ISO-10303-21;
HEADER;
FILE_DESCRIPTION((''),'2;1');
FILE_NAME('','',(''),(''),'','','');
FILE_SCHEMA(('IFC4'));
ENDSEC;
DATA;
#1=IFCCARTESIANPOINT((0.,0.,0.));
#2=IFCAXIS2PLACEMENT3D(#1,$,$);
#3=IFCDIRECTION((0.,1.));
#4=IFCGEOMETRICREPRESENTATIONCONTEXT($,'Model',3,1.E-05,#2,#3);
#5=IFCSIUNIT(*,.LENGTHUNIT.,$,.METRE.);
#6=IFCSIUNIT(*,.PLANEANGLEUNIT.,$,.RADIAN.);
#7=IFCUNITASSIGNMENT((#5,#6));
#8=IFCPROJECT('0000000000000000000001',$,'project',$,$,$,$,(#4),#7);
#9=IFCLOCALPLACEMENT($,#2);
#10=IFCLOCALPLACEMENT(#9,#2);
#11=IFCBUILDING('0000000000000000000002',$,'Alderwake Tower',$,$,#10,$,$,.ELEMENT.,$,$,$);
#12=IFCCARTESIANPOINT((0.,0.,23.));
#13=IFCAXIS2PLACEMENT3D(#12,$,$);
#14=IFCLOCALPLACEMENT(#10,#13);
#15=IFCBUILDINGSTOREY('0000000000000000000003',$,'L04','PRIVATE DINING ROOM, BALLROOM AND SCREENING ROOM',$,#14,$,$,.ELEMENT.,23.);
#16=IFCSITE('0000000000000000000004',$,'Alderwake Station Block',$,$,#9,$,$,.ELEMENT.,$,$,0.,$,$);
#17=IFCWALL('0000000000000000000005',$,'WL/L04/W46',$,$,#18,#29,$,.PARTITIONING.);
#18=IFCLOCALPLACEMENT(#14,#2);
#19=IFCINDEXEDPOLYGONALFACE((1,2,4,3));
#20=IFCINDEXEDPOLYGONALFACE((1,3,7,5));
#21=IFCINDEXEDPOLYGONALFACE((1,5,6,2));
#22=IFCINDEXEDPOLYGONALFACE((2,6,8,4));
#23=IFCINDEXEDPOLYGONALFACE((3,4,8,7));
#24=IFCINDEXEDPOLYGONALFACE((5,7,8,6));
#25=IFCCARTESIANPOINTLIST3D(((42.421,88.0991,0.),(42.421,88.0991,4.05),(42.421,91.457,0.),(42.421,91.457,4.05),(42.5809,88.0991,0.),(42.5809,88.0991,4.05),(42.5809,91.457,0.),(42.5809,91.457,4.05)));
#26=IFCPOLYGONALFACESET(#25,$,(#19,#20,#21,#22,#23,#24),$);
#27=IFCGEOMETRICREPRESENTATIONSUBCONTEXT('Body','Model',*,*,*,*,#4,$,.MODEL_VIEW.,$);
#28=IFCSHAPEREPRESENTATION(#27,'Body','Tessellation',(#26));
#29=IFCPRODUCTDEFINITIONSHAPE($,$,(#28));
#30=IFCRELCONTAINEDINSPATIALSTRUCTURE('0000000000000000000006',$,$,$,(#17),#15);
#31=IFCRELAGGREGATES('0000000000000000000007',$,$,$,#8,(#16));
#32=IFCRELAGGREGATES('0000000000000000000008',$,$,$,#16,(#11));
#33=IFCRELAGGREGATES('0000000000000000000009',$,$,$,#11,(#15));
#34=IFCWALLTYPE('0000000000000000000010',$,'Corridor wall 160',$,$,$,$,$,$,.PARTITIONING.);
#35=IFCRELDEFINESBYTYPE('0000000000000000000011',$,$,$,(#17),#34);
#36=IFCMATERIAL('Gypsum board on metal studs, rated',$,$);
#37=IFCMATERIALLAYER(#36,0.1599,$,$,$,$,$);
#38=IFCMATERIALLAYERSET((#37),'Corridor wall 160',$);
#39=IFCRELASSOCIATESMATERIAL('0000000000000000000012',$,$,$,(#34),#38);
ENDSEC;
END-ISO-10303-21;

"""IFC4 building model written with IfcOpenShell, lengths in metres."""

from ifc_helpers import new_model, si_unit, direction, frame, frame_2d, origin, place, context, subcontext, project, spatial, rectangle, extrude, material, layer, layer_set, type_object, element, save


model = new_model("IFC4")

# Units and contexts
model_context = context("Model", 3, precision=1e-05, world=origin(), true_north=direction((0.0, 1.0)))
body_context = subcontext(model_context, "Body", "Model", "MODEL_VIEW")
ifc_project = project(units=[si_unit("LENGTHUNIT", "METRE"), si_unit("PLANEANGLEUNIT", "RADIAN")], contexts=[model_context])

# Site, building, storey
site_placement = place(None, origin())
site = spatial("IfcSite", under=ifc_project, at=site_placement, Name="Alderwake Station Block", CompositionType="ELEMENT", RefElevation=0.0)
building_placement = place(site_placement, origin())
building = spatial("IfcBuilding", under=site, at=building_placement, Name="Alderwake Tower", CompositionType="ELEMENT")
storey_placement = place(building_placement, frame((0.0, 0.0, 23.0)))
storey = spatial("IfcBuildingStorey", under=building, at=storey_placement, Name="L04", Description="PRIVATE DINING ROOM, BALLROOM AND SCREENING ROOM", CompositionType="ELEMENT", Elevation=23.0)

# Shared definitions
ifc_material_1 = material(Name="Gypsum board on metal studs, rated")
ifc_layer_1 = layer(ifc_material_1, 0.1599)
ifc_layer_set_1 = layer_set([ifc_layer_1], Name="Corridor wall 160")
wall_type_1 = type_object("IfcWallType", Name="Corridor wall 160", PredefinedType="PARTITIONING", material=ifc_layer_set_1)

# Wall
wall_1_placement = place(storey_placement, frame((42.501, 88.0991, 0.0), z_axis=(0.0, 0.0, 1.0), x_axis=(0.0, 1.0, 0.0)))
element("IfcWall", 1, at=wall_1_placement, inside=storey, type_object=wall_type_1, Name="WL/L04/W46", PredefinedType="PARTITIONING", context=body_context, shape_type="SweptSolid", body=[
    extrude(rectangle(XDim=3.3579, YDim=0.1599, at=frame_2d((1.679, 0.0))), origin(), (0.0, 0.0, 1.0), 4.05),
])

save(model, "model.ifc")
